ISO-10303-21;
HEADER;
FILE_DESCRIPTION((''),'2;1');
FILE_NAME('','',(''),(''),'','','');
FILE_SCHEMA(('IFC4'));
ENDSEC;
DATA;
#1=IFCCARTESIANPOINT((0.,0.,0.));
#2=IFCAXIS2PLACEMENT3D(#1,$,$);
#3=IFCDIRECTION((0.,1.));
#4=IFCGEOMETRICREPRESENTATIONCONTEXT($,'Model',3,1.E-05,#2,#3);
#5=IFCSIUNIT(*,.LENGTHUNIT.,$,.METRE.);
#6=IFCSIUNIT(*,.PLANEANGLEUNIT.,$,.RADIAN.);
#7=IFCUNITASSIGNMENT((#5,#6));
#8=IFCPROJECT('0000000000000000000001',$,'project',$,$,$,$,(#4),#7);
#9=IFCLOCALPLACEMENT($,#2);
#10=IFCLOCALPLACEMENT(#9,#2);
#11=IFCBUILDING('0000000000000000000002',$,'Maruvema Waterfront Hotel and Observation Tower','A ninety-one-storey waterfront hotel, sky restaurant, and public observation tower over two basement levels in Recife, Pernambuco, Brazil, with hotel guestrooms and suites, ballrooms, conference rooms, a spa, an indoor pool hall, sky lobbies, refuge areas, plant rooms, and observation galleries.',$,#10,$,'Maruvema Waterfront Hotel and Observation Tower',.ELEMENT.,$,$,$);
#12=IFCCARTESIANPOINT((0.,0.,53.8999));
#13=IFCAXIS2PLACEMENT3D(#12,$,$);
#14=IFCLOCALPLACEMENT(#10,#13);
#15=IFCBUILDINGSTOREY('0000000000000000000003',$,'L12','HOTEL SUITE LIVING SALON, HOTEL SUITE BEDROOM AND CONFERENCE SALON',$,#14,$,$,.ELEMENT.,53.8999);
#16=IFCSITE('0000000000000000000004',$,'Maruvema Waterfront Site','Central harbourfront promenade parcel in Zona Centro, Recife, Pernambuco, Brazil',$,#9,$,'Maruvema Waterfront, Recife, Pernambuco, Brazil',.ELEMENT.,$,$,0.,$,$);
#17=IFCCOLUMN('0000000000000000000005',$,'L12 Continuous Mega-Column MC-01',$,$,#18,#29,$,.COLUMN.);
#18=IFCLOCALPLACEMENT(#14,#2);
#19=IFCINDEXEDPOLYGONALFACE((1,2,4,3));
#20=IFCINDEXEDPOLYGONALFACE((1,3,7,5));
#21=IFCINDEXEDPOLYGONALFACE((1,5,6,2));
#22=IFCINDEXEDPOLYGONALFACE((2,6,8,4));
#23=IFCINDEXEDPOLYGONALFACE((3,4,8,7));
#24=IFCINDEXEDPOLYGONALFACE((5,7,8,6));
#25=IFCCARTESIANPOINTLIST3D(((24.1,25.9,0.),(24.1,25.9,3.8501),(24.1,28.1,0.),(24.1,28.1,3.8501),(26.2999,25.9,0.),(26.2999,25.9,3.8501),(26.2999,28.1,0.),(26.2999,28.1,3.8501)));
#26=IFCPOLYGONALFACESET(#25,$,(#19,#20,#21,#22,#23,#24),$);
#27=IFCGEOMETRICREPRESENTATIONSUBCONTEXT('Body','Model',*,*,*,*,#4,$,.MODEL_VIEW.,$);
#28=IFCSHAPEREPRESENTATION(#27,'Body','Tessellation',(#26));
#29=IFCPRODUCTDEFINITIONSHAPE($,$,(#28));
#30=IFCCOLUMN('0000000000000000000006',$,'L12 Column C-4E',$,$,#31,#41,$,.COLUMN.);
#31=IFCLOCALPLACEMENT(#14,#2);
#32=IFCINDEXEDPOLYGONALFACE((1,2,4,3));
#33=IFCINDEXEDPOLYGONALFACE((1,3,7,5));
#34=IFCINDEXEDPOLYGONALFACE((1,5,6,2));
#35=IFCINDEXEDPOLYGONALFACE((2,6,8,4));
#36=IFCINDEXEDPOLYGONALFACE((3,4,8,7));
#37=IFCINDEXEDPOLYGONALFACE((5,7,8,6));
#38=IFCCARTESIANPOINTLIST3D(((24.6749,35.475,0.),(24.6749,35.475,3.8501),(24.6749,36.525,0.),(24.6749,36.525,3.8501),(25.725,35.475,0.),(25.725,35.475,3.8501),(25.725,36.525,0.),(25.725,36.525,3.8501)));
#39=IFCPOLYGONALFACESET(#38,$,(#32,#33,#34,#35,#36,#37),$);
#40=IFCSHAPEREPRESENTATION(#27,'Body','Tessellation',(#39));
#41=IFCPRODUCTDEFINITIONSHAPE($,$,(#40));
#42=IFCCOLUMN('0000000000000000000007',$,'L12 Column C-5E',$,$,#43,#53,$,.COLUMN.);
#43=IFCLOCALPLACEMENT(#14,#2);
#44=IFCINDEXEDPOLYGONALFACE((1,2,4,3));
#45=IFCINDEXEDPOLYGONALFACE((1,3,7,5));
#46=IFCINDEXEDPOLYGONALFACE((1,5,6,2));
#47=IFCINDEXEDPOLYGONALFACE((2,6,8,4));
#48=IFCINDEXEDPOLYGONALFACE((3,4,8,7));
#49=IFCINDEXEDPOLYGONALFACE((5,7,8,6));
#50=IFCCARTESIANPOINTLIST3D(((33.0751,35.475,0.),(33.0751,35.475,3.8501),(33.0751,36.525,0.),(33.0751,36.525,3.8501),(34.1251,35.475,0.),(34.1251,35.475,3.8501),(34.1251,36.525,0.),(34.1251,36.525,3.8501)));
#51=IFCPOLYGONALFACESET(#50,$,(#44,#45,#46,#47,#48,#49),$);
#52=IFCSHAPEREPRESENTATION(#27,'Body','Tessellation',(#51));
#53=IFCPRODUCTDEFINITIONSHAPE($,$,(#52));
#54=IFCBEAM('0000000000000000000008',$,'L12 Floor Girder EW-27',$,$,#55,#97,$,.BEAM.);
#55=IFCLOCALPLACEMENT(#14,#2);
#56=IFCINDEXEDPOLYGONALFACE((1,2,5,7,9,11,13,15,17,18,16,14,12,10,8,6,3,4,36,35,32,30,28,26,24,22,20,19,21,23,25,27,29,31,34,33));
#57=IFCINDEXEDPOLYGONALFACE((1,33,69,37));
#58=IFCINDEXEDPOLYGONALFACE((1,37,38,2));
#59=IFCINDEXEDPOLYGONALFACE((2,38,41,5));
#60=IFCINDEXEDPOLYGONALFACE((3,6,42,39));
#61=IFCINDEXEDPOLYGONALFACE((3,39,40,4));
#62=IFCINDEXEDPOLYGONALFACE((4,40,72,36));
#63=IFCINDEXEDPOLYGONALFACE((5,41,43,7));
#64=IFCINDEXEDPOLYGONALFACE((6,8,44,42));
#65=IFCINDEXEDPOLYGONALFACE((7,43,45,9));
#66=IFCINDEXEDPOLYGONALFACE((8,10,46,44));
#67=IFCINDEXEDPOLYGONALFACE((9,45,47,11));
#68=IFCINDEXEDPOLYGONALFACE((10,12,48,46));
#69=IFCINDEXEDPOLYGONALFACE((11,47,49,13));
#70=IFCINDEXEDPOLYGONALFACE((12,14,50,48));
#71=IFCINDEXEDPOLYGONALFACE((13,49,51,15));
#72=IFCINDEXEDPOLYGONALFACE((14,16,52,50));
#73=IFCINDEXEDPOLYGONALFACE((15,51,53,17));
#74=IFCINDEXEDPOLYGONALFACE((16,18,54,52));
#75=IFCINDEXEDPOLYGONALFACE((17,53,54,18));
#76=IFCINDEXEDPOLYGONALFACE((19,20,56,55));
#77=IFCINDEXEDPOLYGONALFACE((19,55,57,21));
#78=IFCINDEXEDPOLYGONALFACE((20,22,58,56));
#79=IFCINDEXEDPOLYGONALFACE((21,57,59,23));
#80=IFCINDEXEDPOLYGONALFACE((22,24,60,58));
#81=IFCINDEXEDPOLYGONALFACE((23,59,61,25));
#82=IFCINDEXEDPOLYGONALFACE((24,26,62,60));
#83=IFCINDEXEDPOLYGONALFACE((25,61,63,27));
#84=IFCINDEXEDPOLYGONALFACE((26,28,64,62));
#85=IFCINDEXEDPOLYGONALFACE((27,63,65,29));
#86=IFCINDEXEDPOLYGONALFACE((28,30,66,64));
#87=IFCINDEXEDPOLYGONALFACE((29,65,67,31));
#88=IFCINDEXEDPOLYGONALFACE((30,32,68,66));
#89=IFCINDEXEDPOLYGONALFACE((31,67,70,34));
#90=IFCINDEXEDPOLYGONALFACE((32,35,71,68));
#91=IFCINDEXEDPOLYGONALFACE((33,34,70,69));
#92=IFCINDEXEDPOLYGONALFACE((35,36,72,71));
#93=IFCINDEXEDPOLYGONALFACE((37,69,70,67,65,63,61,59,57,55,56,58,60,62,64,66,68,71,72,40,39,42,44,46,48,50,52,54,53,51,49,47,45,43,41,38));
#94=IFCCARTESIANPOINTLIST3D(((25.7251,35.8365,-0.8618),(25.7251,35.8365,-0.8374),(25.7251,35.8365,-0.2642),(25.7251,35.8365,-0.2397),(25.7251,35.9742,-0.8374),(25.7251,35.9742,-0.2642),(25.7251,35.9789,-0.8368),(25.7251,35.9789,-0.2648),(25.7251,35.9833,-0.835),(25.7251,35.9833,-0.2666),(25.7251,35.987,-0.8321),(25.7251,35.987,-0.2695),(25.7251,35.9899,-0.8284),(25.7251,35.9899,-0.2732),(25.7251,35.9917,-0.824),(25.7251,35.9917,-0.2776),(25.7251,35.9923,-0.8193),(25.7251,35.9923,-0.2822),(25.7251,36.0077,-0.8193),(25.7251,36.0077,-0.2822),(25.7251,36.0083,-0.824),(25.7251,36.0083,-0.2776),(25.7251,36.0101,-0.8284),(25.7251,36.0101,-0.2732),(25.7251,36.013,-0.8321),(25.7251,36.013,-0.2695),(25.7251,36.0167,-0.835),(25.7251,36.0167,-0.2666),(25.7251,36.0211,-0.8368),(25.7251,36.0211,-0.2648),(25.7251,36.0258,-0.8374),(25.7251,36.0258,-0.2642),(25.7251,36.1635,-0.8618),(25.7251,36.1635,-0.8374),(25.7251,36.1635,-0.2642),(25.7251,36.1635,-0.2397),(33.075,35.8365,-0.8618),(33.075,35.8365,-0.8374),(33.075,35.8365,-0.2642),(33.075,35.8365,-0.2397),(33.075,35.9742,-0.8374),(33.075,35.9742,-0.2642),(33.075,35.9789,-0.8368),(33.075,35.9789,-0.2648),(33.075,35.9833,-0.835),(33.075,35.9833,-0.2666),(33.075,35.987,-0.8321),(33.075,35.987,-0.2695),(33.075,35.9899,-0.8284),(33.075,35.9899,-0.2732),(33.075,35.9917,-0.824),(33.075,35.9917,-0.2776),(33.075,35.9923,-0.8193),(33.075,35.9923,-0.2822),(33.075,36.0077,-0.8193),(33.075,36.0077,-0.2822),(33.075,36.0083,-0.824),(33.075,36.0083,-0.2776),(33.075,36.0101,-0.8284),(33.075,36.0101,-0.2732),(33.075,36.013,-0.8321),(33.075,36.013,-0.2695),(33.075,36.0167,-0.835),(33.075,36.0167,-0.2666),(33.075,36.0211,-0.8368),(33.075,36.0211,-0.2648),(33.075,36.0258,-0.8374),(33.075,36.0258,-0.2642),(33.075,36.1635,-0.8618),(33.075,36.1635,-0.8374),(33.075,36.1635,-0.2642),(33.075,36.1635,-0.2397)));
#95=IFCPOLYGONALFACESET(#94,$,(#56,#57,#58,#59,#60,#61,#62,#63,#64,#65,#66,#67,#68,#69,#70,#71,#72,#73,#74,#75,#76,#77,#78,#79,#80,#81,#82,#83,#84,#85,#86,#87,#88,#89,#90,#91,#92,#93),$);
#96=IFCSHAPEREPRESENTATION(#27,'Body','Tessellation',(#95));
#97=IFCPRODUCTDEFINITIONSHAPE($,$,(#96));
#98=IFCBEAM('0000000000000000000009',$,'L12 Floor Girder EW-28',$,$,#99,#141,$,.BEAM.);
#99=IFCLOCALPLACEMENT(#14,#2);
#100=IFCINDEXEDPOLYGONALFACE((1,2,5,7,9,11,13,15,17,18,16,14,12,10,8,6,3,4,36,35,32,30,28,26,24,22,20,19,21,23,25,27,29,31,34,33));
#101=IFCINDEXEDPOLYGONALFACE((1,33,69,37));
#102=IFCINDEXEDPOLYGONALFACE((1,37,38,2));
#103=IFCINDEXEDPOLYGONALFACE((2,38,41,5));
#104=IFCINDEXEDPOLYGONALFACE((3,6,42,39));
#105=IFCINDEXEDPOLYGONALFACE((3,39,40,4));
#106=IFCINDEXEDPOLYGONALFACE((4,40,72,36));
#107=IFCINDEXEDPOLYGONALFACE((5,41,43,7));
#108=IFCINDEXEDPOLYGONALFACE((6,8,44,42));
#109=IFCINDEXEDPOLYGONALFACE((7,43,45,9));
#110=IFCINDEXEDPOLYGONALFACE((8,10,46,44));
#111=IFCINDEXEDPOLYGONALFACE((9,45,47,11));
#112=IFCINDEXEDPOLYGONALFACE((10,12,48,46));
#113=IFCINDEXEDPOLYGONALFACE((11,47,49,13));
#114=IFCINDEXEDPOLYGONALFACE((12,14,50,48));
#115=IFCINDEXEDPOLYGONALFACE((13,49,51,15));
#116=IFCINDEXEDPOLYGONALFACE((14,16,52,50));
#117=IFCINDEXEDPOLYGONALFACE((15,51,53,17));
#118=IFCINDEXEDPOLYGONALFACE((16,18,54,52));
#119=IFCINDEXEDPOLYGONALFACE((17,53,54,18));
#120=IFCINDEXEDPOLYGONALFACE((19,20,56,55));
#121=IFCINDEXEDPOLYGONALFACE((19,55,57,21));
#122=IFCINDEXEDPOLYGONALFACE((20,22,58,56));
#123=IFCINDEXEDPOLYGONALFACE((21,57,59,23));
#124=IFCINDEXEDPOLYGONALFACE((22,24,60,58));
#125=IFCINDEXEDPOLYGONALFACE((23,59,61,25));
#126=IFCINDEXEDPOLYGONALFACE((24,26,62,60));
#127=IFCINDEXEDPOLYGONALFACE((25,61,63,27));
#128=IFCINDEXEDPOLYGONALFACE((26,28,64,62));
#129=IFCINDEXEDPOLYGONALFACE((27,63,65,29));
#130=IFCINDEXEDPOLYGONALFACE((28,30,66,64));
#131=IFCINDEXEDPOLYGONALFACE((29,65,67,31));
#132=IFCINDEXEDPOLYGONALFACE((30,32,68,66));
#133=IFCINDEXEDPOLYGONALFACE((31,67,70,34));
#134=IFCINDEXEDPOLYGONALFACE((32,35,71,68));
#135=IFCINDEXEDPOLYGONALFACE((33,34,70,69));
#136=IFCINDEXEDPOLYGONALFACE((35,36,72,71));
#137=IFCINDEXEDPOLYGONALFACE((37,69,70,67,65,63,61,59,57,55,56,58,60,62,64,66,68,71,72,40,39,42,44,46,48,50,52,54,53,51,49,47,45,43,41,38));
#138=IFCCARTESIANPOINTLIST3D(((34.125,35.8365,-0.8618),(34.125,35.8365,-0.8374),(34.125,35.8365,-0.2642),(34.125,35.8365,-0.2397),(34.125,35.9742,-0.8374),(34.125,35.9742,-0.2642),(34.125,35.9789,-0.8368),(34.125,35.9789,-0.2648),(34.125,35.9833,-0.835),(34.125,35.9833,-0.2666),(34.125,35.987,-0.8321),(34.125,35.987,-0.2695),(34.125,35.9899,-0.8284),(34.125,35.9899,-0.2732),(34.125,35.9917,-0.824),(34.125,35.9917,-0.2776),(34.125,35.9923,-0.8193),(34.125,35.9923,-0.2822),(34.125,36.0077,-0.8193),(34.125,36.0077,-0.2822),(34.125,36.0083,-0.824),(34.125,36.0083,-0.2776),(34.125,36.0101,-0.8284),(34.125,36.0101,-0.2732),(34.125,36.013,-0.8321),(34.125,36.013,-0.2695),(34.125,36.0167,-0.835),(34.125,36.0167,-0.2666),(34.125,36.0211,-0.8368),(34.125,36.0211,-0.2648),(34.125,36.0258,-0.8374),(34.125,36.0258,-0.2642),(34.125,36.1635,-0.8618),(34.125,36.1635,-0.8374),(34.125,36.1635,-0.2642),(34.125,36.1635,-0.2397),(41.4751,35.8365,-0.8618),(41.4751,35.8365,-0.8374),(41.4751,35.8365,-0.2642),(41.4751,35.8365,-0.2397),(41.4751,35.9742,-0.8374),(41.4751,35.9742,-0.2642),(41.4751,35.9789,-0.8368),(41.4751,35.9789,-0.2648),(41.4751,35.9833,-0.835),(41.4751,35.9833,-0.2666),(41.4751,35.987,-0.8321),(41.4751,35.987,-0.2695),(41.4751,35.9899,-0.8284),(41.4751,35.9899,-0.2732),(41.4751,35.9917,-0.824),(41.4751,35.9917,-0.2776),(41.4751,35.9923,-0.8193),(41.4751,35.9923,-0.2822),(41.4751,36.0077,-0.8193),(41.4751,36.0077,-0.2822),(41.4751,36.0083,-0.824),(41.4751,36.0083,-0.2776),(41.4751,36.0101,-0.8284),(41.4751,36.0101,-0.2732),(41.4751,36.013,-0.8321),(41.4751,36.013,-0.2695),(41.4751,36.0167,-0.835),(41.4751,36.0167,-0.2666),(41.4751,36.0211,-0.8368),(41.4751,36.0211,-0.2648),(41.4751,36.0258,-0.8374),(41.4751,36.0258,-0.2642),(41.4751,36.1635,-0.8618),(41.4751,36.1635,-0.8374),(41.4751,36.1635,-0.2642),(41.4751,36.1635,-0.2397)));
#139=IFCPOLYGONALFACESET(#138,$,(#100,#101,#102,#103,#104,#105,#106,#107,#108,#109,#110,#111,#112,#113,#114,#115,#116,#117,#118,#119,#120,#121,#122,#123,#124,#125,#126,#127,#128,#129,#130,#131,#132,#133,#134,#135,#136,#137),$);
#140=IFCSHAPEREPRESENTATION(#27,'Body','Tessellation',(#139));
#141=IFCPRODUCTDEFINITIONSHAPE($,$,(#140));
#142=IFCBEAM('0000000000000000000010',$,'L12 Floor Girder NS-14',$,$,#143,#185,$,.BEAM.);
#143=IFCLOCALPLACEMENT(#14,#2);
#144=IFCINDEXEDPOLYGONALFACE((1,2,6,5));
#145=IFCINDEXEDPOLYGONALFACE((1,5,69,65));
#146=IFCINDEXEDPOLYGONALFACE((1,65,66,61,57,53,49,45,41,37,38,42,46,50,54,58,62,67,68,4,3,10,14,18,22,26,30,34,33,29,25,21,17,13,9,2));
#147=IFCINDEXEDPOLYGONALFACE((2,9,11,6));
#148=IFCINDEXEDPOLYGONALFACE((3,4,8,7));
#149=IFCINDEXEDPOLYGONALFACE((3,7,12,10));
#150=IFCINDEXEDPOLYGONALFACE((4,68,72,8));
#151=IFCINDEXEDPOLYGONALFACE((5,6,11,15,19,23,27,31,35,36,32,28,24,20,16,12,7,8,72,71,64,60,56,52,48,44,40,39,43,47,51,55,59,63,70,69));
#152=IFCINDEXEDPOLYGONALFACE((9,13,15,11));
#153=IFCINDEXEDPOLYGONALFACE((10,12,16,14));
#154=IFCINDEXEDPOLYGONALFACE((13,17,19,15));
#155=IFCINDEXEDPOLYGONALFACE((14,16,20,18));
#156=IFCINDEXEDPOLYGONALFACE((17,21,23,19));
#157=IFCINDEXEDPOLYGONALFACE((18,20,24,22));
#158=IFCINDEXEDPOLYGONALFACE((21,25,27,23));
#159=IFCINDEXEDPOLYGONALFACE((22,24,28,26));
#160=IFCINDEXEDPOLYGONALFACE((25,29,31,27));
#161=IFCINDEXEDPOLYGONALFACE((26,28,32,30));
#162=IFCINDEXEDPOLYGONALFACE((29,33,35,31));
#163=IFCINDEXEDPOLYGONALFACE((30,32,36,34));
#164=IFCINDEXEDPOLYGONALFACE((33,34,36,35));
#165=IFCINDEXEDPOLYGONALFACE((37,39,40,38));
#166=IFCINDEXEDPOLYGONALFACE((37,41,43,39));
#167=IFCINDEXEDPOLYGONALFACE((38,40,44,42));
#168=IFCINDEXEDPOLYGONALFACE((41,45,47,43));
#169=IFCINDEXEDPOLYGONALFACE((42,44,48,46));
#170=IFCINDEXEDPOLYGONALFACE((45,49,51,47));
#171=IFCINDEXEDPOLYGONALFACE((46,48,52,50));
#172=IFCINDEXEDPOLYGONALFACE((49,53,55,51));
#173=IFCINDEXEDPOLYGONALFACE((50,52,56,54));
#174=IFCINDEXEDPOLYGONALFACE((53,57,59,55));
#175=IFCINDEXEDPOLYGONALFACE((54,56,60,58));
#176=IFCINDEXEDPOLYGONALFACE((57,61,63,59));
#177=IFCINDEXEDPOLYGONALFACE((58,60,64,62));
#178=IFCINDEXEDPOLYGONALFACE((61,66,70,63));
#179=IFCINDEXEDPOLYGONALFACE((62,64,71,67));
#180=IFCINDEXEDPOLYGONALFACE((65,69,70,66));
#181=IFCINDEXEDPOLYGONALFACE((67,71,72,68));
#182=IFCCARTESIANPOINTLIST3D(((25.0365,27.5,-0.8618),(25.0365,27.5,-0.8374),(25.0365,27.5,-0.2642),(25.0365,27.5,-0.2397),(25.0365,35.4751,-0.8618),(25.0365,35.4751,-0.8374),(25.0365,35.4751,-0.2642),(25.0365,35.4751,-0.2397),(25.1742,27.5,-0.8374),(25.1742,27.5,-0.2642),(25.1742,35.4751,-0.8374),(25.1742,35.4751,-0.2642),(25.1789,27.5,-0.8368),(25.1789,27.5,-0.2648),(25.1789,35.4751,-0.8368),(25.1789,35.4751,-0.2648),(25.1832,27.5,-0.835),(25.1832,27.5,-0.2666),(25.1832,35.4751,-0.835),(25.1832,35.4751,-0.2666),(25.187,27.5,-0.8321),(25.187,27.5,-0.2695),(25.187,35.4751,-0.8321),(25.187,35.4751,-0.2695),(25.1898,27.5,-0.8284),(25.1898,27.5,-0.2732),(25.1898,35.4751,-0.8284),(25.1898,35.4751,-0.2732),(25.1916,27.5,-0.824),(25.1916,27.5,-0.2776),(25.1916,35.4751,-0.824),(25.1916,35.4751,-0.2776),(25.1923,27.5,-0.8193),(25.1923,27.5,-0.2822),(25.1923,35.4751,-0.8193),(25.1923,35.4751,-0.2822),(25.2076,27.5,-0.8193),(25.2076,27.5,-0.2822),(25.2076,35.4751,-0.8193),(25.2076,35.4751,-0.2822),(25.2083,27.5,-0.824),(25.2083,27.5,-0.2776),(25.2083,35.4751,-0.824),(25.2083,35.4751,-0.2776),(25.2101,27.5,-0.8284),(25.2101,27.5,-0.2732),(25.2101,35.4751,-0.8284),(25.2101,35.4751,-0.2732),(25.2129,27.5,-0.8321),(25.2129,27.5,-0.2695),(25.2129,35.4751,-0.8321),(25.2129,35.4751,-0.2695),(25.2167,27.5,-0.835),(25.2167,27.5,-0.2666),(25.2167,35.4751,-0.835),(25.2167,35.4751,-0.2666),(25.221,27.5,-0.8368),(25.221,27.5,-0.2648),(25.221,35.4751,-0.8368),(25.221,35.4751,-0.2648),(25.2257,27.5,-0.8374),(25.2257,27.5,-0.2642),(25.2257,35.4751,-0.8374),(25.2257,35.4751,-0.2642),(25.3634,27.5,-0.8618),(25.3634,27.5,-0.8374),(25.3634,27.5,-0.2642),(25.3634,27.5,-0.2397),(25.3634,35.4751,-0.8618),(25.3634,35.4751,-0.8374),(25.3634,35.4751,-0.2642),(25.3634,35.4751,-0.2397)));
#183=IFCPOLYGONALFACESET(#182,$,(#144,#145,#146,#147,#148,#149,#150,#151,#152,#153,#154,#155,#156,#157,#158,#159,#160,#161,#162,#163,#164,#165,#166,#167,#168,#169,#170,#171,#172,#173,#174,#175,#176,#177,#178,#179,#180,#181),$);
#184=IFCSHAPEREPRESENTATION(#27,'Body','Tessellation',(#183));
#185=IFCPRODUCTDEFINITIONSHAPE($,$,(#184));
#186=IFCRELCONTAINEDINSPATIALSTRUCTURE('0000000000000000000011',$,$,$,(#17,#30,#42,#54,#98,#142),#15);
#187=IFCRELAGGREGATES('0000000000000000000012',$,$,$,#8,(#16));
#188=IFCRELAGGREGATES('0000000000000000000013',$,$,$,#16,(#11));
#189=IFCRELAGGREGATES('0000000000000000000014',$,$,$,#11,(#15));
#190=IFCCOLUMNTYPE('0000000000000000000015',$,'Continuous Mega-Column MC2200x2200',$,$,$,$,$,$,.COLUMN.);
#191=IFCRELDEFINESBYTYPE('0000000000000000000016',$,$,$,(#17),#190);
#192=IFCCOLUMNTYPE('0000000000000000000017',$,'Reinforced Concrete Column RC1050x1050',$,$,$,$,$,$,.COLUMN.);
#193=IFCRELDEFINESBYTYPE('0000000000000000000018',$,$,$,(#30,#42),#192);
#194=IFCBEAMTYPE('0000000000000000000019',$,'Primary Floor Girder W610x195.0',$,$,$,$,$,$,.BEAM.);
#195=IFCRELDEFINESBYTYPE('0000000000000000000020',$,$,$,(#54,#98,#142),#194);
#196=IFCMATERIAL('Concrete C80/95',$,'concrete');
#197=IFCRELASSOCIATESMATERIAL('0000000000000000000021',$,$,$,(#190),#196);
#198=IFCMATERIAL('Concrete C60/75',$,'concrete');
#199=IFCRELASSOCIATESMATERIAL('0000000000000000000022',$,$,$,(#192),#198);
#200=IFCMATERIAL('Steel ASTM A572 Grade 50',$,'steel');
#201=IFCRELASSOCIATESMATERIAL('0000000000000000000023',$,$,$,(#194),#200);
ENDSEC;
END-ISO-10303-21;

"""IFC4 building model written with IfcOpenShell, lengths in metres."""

from ifc_helpers import new_model, si_unit, direction, frame, origin, origin_2d, place, context, subcontext, project, spatial, rectangle, i_section, extrude, material, material_profile, profile_set, type_object, element, save


model = new_model("IFC4")

# Units and contexts
model_context = context("Model", 3, precision=1e-05, world=origin(), true_north=direction((0.0, 1.0)))
body_context = subcontext(model_context, "Body", "Model", "MODEL_VIEW")
ifc_project = project(units=[si_unit("LENGTHUNIT", "METRE"), si_unit("PLANEANGLEUNIT", "RADIAN")], contexts=[model_context])

# Site, building, storey
site_placement = place(None, origin())
site = spatial("IfcSite", under=ifc_project, at=site_placement, Name="Maruvema Waterfront Site", Description="Central harbourfront promenade parcel in Zona Centro, Recife, Pernambuco, Brazil", LongName="Maruvema Waterfront, Recife, Pernambuco, Brazil", CompositionType="ELEMENT", RefElevation=0.0)
building_placement = place(site_placement, origin())
building = spatial("IfcBuilding", under=site, at=building_placement, Name="Maruvema Waterfront Hotel and Observation Tower", Description="A ninety-one-storey waterfront hotel, sky restaurant, and public observation tower over two basement levels in Recife, Pernambuco, Brazil, with hotel guestrooms and suites, ballrooms, conference rooms, a spa, an indoor pool hall, sky lobbies, refuge areas, plant rooms, and observation galleries.", LongName="Maruvema Waterfront Hotel and Observation Tower", CompositionType="ELEMENT")
storey_placement = place(building_placement, frame((0.0, 0.0, 53.8999)))
storey = spatial("IfcBuildingStorey", under=building, at=storey_placement, Name="L12", Description="HOTEL SUITE LIVING SALON, HOTEL SUITE BEDROOM AND CONFERENCE SALON", CompositionType="ELEMENT", Elevation=53.8999)

# Columns
ifc_material_1 = material(Name="Concrete C80/95", Category="concrete")
ifc_material_profile_1 = material_profile(ifc_material_1, rectangle(XDim=2.2, YDim=2.2, at=origin_2d()), Name="MC2200x2200")
ifc_profile_set_1 = profile_set([ifc_material_profile_1], Name="Concrete C80/95")
column_type_1 = type_object("IfcColumnType", Name="Continuous Mega-Column MC2200x2200", PredefinedType="COLUMN", material=ifc_profile_set_1)
column_placement = place(storey_placement, frame((25.2, 27.0, 0.0), z_axis=(0.0, 0.0, 1.0), x_axis=(1.0, 0.0, 0.0)))
element("IfcColumn", 1, at=column_placement, inside=storey, type_object=column_type_1, Name="L12 Continuous Mega-Column MC-01", PredefinedType="COLUMN", context=body_context, shape_type="SweptSolid", body=[
    extrude(rectangle(XDim=2.2, YDim=2.2, at=origin_2d()), origin(), (0.0, 0.0, 1.0), 3.8501),
])
ifc_material_2 = material(Name="Concrete C60/75", Category="concrete")
ifc_material_profile_2 = material_profile(ifc_material_2, rectangle(XDim=1.05, YDim=1.05, at=origin_2d()), Name="RC1050x1050")
ifc_profile_set_2 = profile_set([ifc_material_profile_2], Name="Concrete C60/75")
column_type_2 = type_object("IfcColumnType", Name="Reinforced Concrete Column RC1050x1050", PredefinedType="COLUMN", material=ifc_profile_set_2)
for number, where, z_axis, x_axis, name in (
    (2, (25.2, 36.0, 0.0), (0.0, 0.0, 1.0), (1.0, 0.0, 0.0), "L12 Column C-4E"),
    (3, (33.6001, 36.0, 0.0), (0.0, 0.0, 1.0), (1.0, 0.0, 0.0), "L12 Column C-5E"),
):
    element("IfcColumn", number, at=place(storey_placement, frame(where, z_axis=z_axis, x_axis=x_axis)), inside=storey, type_object=column_type_2, Name=name, PredefinedType="COLUMN", context=body_context, shape_type="SweptSolid", body=[
        extrude(rectangle(XDim=1.05, YDim=1.05, at=origin_2d()), origin(), (0.0, 0.0, 1.0), 3.8501),
    ])

# Beams
ifc_material_3 = material(Name="Steel ASTM A572 Grade 50", Category="steel")
ifc_material_profile_3 = material_profile(ifc_material_3, i_section(OverallWidth=0.3269, OverallDepth=0.6221, WebThickness=0.0154, FlangeThickness=0.0244, FilletRadius=0.0181, at=origin_2d()), Name="W610x195.0")
ifc_profile_set_3 = profile_set([ifc_material_profile_3], Name="Steel ASTM A572 Grade 50")
beam_type_1 = type_object("IfcBeamType", Name="Primary Floor Girder W610x195.0", PredefinedType="BEAM", material=ifc_profile_set_3)
beam_1_placement = place(storey_placement, frame((25.7251, 36.0, -0.5508), z_axis=(1.0, 0.0, 0.0), x_axis=(0.0, 1.0, 0.0)))
element("IfcBeam", 4, at=beam_1_placement, inside=storey, type_object=beam_type_1, Name="L12 Floor Girder EW-27", PredefinedType="BEAM", context=body_context, shape_type="SweptSolid", body=[
    extrude(i_section(OverallWidth=0.3269, OverallDepth=0.6221, WebThickness=0.0154, FlangeThickness=0.0244, FilletRadius=0.0181, at=origin_2d()), origin(), (0.0, 0.0, 1.0), 7.3499),
])
beam_2_placement = place(storey_placement, frame((34.125, 36.0, -0.5508), z_axis=(1.0, 0.0, 0.0), x_axis=(0.0, 1.0, 0.0)))
element("IfcBeam", 5, at=beam_2_placement, inside=storey, type_object=beam_type_1, Name="L12 Floor Girder EW-28", PredefinedType="BEAM", context=body_context, shape_type="SweptSolid", body=[
    extrude(i_section(OverallWidth=0.3269, OverallDepth=0.6221, WebThickness=0.0154, FlangeThickness=0.0244, FilletRadius=0.0181, at=origin_2d()), origin(), (0.0, 0.0, 1.0), 7.3501),
])
for number, where, z_axis, x_axis, name in (
    (6, (25.2, 27.5, -0.5508), (0.0, 1.0, 0.0), (-1.0, 0.0, 0.0), "L12 Floor Girder NS-14"),
):
    element("IfcBeam", number, at=place(storey_placement, frame(where, z_axis=z_axis, x_axis=x_axis)), inside=storey, type_object=beam_type_1, Name=name, PredefinedType="BEAM", context=body_context, shape_type="SweptSolid", body=[
        extrude(i_section(OverallWidth=0.3269, OverallDepth=0.6221, WebThickness=0.0154, FlangeThickness=0.0244, FilletRadius=0.0181, at=origin_2d()), origin(), (0.0, 0.0, 1.0), 7.9751),
    ])

save(model, "model.ifc")
